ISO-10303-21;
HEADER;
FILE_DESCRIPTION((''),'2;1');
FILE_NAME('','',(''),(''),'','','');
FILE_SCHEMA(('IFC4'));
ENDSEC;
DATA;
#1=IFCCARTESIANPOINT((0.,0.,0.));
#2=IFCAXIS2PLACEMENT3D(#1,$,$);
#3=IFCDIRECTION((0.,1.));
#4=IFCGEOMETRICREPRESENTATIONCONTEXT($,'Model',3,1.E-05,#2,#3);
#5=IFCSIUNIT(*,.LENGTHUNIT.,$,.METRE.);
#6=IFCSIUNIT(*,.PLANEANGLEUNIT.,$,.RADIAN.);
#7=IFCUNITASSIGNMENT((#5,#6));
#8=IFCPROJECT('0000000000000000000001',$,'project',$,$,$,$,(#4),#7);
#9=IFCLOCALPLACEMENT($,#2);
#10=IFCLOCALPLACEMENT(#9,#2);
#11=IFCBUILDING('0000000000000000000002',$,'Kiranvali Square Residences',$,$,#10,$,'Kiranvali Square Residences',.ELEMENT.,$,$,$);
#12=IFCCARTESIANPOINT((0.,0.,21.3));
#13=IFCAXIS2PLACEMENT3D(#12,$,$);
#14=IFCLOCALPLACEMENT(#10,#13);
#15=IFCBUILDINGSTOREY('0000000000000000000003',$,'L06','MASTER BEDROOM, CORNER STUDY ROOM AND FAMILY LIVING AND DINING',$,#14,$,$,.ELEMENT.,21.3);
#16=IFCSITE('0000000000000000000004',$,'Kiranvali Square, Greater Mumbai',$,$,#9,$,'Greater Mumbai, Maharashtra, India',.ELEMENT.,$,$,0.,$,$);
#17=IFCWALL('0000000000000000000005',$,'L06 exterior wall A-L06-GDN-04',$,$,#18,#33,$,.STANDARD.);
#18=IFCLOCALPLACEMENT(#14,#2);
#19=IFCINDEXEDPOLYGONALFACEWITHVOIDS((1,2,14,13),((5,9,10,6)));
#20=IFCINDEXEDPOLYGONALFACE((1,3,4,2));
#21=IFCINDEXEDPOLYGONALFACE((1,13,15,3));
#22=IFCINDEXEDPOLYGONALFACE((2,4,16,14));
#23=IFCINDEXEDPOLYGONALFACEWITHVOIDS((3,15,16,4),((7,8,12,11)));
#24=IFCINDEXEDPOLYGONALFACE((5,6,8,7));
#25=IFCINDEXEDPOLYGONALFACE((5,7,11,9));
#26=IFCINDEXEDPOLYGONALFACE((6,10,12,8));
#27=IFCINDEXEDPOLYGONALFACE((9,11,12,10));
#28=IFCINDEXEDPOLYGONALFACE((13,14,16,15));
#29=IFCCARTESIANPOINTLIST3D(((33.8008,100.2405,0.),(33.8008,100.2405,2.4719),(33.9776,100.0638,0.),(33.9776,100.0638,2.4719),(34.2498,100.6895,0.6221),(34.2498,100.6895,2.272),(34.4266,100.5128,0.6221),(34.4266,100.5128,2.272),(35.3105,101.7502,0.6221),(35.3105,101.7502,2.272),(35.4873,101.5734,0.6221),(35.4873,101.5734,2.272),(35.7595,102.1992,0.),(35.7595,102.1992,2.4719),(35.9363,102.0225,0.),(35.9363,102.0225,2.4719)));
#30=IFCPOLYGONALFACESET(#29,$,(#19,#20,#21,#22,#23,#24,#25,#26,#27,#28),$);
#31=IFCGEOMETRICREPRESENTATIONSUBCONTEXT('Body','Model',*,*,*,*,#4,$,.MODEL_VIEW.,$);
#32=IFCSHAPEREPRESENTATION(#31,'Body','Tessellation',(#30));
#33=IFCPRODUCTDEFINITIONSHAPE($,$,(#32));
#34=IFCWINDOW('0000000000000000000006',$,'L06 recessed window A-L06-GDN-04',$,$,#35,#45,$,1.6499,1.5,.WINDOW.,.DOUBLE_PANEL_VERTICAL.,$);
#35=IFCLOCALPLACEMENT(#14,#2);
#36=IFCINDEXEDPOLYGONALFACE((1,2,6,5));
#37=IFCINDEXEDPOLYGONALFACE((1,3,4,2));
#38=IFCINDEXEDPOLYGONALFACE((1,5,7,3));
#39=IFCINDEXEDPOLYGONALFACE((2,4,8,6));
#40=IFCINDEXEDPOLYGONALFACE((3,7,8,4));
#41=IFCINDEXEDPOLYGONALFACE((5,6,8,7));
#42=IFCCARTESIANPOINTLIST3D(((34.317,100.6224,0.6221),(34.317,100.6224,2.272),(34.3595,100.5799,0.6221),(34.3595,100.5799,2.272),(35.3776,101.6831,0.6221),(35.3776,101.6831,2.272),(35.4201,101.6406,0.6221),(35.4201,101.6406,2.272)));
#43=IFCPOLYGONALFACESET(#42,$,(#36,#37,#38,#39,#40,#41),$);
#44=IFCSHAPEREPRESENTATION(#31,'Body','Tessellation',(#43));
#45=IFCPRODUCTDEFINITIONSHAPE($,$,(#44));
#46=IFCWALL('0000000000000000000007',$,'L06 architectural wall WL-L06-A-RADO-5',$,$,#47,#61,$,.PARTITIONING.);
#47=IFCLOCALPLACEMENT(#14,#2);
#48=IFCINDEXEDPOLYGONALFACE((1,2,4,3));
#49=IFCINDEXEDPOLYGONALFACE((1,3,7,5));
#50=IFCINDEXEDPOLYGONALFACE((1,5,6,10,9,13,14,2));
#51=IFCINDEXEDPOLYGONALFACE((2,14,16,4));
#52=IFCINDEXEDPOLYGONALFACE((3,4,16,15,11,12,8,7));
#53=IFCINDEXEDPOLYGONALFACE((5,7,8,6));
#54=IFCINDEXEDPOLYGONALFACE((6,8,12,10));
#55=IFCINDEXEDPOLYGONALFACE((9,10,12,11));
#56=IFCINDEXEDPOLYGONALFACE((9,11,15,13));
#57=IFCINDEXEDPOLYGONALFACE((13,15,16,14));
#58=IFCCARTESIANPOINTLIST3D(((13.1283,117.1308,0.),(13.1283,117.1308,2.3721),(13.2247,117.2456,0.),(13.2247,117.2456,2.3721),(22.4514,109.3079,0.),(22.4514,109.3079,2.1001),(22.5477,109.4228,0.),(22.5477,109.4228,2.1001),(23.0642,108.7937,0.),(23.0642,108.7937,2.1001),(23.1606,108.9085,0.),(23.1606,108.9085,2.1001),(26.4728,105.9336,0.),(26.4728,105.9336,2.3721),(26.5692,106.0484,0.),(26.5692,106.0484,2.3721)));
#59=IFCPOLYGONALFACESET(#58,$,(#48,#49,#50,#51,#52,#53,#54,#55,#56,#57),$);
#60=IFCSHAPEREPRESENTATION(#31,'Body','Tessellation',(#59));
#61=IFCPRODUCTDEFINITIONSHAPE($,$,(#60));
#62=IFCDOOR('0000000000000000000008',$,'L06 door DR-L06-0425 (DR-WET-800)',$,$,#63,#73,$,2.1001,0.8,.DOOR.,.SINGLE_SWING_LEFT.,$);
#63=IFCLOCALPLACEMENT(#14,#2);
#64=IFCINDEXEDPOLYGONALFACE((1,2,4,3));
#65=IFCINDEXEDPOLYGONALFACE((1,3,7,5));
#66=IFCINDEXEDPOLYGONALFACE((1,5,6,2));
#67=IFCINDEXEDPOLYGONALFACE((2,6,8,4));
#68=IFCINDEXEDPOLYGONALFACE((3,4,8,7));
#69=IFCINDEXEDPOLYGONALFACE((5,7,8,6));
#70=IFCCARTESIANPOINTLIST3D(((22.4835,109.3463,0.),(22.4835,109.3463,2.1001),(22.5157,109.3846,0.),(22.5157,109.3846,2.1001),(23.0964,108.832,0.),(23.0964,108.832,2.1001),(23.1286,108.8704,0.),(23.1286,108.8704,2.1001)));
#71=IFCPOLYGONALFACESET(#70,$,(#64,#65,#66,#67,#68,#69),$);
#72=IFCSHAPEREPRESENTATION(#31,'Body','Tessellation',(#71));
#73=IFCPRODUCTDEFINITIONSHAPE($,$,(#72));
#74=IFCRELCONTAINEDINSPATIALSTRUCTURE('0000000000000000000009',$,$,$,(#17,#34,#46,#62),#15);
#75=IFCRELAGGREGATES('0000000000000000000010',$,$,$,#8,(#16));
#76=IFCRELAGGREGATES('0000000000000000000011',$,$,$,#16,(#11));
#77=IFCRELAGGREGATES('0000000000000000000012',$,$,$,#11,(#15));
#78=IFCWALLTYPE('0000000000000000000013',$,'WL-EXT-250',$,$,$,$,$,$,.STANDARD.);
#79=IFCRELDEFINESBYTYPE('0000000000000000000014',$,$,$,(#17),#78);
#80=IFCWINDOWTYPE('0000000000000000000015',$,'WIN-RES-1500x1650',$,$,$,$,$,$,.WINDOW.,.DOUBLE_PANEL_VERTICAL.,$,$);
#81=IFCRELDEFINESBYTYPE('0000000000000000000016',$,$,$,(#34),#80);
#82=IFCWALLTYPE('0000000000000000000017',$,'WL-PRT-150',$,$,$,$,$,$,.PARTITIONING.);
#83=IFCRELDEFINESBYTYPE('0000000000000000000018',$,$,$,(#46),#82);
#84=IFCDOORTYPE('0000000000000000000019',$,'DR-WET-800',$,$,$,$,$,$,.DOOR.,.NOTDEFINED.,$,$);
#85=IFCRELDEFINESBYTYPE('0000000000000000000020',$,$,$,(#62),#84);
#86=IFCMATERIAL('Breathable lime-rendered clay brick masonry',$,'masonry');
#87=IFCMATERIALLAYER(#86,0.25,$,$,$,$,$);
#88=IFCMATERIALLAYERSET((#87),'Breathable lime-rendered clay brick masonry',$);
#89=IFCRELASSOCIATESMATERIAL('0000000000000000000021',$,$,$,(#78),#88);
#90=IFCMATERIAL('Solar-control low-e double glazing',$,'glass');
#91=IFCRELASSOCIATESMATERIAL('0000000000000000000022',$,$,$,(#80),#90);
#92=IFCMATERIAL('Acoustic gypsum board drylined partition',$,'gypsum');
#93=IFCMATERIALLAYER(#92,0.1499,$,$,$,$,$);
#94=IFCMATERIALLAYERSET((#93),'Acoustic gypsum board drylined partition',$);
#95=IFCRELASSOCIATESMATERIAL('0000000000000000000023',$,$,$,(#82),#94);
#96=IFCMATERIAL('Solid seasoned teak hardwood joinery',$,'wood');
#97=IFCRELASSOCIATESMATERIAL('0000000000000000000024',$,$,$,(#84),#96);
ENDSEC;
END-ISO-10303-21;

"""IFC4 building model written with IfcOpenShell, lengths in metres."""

from ifc_helpers import new_model, si_unit, direction, frame, frame_2d, origin, place, context, subcontext, project, spatial, rectangle, extrude, material, layer, layer_set, type_object, element, fill, save


model = new_model("IFC4")

# Units and contexts
model_context = context("Model", 3, precision=1e-05, world=origin(), true_north=direction((0.0, 1.0)))
body_context = subcontext(model_context, "Body", "Model", "MODEL_VIEW")
ifc_project = project(units=[si_unit("LENGTHUNIT", "METRE"), si_unit("PLANEANGLEUNIT", "RADIAN")], contexts=[model_context])

# Site, building, storey
site_placement = place(None, origin())
site = spatial("IfcSite", under=ifc_project, at=site_placement, Name="Kiranvali Square, Greater Mumbai", LongName="Greater Mumbai, Maharashtra, India", CompositionType="ELEMENT", RefElevation=0.0)
building_placement = place(site_placement, origin())
building = spatial("IfcBuilding", under=site, at=building_placement, Name="Kiranvali Square Residences", LongName="Kiranvali Square Residences", CompositionType="ELEMENT")
storey_placement = place(building_placement, frame((0.0, 0.0, 21.3)))
storey = spatial("IfcBuildingStorey", under=building, at=storey_placement, Name="L06", Description="MASTER BEDROOM, CORNER STUDY ROOM AND FAMILY LIVING AND DINING", CompositionType="ELEMENT", Elevation=21.3)

# Wall, opening, window
ifc_material_1 = material(Name="Breathable lime-rendered clay brick masonry", Category="masonry")
ifc_layer_1 = layer(ifc_material_1, 0.25)
ifc_layer_set_1 = layer_set([ifc_layer_1], Name="Breathable lime-rendered clay brick masonry")
wall_type_1 = type_object("IfcWallType", Name="WL-EXT-250", PredefinedType="STANDARD", material=ifc_layer_set_1)
wall_1_placement = place(storey_placement, frame((35.8479, 102.1108, 0.0), z_axis=(0.0, 0.0, 1.0), x_axis=(-0.707107, -0.707107, 0.0)))
wall_1 = element("IfcWall", 1, at=wall_1_placement, inside=storey, type_object=wall_type_1, Name="L06 exterior wall A-L06-GDN-04", PredefinedType="STANDARD", context=body_context, shape_type="SweptSolid", body=[
    extrude(rectangle(XDim=2.77, YDim=0.25, at=frame_2d((1.385, 0.0))), origin(), (0.0, 0.0, 1.0), 2.4719),
])
opening_1_placement = place(wall_1_placement, frame((0.635, 0.0, 0.6221)))
opening_1 = element("IfcOpeningElement", 2, at=opening_1_placement, cuts=wall_1, PredefinedType="OPENING", context=body_context, shape_type="SweptSolid", body=[
    extrude(rectangle(XDim=1.5, YDim=1.6499, at=frame_2d((0.75, 0.825))), frame((0.0, 0.135, 0.0), z_axis=(0.0, -1.0, 0.0), x_axis=(1.0, 0.0, 0.0)), (0.0, 0.0, 1.0), 0.27),
])
ifc_material_2 = material(Name="Solar-control low-e double glazing", Category="glass")
window_type = type_object("IfcWindowType", Name="WIN-RES-1500x1650", PartitioningType="DOUBLE_PANEL_VERTICAL", PredefinedType="WINDOW", material=ifc_material_2)
window_placement = place(opening_1_placement, origin())
window = element("IfcWindow", 3, at=window_placement, inside=storey, type_object=window_type, Name="L06 recessed window A-L06-GDN-04", OverallHeight=1.6499, OverallWidth=1.5, PartitioningType="DOUBLE_PANEL_VERTICAL", PredefinedType="WINDOW", context=body_context, shape_type="SweptSolid", body=[
    extrude(rectangle(XDim=1.5, YDim=1.6499, at=frame_2d((0.75, 0.825))), frame((0.0, 0.03, 0.0), z_axis=(0.0, -1.0, 0.0), x_axis=(1.0, 0.0, 0.0)), (0.0, 0.0, 1.0), 0.0601),
])
fill(opening_1, window)

# Wall, opening, door
ifc_material_3 = material(Name="Acoustic gypsum board drylined partition", Category="gypsum")
ifc_layer_2 = layer(ifc_material_3, 0.1499)
ifc_layer_set_2 = layer_set([ifc_layer_2], Name="Acoustic gypsum board drylined partition")
wall_type_2 = type_object("IfcWallType", Name="WL-PRT-150", PredefinedType="PARTITIONING", material=ifc_layer_set_2)
wall_2_placement = place(storey_placement, frame((26.521, 105.991, 0.0), z_axis=(0.0, 0.0, 1.0), x_axis=(-0.766047, 0.642785, 0.0)))
wall_2 = element("IfcWall", 4, at=wall_2_placement, inside=storey, type_object=wall_type_2, Name="L06 architectural wall WL-L06-A-RADO-5", PredefinedType="PARTITIONING", context=body_context, shape_type="SweptSolid", body=[
    extrude(rectangle(XDim=17.4199, YDim=0.1499, at=frame_2d((8.71, 0.0))), origin(), (0.0, 0.0, 1.0), 2.3721),
])
opening_2_placement = place(wall_2_placement, frame((4.4497, 0.0, 0.0)))
opening_2 = element("IfcOpeningElement", 5, at=opening_2_placement, cuts=wall_2, PredefinedType="OPENING", context=body_context, shape_type="SweptSolid", body=[
    extrude(rectangle(XDim=0.8, YDim=2.1001, at=frame_2d((0.3999, 1.05))), frame((0.0, 0.085, 0.0), z_axis=(0.0, -1.0, 0.0), x_axis=(1.0, 0.0, 0.0)), (0.0, 0.0, 1.0), 0.1699),
])
ifc_material_4 = material(Name="Solid seasoned teak hardwood joinery", Category="wood")
door_type_1 = type_object("IfcDoorType", Name="DR-WET-800", OperationType="NOTDEFINED", PredefinedType="DOOR", material=ifc_material_4)
door_1_placement = place(opening_2_placement, origin())
door_1 = element("IfcDoor", 6, at=door_1_placement, inside=storey, type_object=door_type_1, Name="L06 door DR-L06-0425 (DR-WET-800)", OperationType="SINGLE_SWING_LEFT", OverallHeight=2.1001, OverallWidth=0.8, PredefinedType="DOOR", context=body_context, shape_type="SweptSolid", body=[
    extrude(rectangle(XDim=0.8, YDim=2.1001, at=frame_2d((0.3999, 1.05))), frame((0.0, 0.0249, 0.0), z_axis=(0.0, -1.0, 0.0), x_axis=(1.0, 0.0, 0.0)), (0.0, 0.0, 1.0), 0.05),
])
fill(opening_2, door_1)

save(model, "model.ifc")
